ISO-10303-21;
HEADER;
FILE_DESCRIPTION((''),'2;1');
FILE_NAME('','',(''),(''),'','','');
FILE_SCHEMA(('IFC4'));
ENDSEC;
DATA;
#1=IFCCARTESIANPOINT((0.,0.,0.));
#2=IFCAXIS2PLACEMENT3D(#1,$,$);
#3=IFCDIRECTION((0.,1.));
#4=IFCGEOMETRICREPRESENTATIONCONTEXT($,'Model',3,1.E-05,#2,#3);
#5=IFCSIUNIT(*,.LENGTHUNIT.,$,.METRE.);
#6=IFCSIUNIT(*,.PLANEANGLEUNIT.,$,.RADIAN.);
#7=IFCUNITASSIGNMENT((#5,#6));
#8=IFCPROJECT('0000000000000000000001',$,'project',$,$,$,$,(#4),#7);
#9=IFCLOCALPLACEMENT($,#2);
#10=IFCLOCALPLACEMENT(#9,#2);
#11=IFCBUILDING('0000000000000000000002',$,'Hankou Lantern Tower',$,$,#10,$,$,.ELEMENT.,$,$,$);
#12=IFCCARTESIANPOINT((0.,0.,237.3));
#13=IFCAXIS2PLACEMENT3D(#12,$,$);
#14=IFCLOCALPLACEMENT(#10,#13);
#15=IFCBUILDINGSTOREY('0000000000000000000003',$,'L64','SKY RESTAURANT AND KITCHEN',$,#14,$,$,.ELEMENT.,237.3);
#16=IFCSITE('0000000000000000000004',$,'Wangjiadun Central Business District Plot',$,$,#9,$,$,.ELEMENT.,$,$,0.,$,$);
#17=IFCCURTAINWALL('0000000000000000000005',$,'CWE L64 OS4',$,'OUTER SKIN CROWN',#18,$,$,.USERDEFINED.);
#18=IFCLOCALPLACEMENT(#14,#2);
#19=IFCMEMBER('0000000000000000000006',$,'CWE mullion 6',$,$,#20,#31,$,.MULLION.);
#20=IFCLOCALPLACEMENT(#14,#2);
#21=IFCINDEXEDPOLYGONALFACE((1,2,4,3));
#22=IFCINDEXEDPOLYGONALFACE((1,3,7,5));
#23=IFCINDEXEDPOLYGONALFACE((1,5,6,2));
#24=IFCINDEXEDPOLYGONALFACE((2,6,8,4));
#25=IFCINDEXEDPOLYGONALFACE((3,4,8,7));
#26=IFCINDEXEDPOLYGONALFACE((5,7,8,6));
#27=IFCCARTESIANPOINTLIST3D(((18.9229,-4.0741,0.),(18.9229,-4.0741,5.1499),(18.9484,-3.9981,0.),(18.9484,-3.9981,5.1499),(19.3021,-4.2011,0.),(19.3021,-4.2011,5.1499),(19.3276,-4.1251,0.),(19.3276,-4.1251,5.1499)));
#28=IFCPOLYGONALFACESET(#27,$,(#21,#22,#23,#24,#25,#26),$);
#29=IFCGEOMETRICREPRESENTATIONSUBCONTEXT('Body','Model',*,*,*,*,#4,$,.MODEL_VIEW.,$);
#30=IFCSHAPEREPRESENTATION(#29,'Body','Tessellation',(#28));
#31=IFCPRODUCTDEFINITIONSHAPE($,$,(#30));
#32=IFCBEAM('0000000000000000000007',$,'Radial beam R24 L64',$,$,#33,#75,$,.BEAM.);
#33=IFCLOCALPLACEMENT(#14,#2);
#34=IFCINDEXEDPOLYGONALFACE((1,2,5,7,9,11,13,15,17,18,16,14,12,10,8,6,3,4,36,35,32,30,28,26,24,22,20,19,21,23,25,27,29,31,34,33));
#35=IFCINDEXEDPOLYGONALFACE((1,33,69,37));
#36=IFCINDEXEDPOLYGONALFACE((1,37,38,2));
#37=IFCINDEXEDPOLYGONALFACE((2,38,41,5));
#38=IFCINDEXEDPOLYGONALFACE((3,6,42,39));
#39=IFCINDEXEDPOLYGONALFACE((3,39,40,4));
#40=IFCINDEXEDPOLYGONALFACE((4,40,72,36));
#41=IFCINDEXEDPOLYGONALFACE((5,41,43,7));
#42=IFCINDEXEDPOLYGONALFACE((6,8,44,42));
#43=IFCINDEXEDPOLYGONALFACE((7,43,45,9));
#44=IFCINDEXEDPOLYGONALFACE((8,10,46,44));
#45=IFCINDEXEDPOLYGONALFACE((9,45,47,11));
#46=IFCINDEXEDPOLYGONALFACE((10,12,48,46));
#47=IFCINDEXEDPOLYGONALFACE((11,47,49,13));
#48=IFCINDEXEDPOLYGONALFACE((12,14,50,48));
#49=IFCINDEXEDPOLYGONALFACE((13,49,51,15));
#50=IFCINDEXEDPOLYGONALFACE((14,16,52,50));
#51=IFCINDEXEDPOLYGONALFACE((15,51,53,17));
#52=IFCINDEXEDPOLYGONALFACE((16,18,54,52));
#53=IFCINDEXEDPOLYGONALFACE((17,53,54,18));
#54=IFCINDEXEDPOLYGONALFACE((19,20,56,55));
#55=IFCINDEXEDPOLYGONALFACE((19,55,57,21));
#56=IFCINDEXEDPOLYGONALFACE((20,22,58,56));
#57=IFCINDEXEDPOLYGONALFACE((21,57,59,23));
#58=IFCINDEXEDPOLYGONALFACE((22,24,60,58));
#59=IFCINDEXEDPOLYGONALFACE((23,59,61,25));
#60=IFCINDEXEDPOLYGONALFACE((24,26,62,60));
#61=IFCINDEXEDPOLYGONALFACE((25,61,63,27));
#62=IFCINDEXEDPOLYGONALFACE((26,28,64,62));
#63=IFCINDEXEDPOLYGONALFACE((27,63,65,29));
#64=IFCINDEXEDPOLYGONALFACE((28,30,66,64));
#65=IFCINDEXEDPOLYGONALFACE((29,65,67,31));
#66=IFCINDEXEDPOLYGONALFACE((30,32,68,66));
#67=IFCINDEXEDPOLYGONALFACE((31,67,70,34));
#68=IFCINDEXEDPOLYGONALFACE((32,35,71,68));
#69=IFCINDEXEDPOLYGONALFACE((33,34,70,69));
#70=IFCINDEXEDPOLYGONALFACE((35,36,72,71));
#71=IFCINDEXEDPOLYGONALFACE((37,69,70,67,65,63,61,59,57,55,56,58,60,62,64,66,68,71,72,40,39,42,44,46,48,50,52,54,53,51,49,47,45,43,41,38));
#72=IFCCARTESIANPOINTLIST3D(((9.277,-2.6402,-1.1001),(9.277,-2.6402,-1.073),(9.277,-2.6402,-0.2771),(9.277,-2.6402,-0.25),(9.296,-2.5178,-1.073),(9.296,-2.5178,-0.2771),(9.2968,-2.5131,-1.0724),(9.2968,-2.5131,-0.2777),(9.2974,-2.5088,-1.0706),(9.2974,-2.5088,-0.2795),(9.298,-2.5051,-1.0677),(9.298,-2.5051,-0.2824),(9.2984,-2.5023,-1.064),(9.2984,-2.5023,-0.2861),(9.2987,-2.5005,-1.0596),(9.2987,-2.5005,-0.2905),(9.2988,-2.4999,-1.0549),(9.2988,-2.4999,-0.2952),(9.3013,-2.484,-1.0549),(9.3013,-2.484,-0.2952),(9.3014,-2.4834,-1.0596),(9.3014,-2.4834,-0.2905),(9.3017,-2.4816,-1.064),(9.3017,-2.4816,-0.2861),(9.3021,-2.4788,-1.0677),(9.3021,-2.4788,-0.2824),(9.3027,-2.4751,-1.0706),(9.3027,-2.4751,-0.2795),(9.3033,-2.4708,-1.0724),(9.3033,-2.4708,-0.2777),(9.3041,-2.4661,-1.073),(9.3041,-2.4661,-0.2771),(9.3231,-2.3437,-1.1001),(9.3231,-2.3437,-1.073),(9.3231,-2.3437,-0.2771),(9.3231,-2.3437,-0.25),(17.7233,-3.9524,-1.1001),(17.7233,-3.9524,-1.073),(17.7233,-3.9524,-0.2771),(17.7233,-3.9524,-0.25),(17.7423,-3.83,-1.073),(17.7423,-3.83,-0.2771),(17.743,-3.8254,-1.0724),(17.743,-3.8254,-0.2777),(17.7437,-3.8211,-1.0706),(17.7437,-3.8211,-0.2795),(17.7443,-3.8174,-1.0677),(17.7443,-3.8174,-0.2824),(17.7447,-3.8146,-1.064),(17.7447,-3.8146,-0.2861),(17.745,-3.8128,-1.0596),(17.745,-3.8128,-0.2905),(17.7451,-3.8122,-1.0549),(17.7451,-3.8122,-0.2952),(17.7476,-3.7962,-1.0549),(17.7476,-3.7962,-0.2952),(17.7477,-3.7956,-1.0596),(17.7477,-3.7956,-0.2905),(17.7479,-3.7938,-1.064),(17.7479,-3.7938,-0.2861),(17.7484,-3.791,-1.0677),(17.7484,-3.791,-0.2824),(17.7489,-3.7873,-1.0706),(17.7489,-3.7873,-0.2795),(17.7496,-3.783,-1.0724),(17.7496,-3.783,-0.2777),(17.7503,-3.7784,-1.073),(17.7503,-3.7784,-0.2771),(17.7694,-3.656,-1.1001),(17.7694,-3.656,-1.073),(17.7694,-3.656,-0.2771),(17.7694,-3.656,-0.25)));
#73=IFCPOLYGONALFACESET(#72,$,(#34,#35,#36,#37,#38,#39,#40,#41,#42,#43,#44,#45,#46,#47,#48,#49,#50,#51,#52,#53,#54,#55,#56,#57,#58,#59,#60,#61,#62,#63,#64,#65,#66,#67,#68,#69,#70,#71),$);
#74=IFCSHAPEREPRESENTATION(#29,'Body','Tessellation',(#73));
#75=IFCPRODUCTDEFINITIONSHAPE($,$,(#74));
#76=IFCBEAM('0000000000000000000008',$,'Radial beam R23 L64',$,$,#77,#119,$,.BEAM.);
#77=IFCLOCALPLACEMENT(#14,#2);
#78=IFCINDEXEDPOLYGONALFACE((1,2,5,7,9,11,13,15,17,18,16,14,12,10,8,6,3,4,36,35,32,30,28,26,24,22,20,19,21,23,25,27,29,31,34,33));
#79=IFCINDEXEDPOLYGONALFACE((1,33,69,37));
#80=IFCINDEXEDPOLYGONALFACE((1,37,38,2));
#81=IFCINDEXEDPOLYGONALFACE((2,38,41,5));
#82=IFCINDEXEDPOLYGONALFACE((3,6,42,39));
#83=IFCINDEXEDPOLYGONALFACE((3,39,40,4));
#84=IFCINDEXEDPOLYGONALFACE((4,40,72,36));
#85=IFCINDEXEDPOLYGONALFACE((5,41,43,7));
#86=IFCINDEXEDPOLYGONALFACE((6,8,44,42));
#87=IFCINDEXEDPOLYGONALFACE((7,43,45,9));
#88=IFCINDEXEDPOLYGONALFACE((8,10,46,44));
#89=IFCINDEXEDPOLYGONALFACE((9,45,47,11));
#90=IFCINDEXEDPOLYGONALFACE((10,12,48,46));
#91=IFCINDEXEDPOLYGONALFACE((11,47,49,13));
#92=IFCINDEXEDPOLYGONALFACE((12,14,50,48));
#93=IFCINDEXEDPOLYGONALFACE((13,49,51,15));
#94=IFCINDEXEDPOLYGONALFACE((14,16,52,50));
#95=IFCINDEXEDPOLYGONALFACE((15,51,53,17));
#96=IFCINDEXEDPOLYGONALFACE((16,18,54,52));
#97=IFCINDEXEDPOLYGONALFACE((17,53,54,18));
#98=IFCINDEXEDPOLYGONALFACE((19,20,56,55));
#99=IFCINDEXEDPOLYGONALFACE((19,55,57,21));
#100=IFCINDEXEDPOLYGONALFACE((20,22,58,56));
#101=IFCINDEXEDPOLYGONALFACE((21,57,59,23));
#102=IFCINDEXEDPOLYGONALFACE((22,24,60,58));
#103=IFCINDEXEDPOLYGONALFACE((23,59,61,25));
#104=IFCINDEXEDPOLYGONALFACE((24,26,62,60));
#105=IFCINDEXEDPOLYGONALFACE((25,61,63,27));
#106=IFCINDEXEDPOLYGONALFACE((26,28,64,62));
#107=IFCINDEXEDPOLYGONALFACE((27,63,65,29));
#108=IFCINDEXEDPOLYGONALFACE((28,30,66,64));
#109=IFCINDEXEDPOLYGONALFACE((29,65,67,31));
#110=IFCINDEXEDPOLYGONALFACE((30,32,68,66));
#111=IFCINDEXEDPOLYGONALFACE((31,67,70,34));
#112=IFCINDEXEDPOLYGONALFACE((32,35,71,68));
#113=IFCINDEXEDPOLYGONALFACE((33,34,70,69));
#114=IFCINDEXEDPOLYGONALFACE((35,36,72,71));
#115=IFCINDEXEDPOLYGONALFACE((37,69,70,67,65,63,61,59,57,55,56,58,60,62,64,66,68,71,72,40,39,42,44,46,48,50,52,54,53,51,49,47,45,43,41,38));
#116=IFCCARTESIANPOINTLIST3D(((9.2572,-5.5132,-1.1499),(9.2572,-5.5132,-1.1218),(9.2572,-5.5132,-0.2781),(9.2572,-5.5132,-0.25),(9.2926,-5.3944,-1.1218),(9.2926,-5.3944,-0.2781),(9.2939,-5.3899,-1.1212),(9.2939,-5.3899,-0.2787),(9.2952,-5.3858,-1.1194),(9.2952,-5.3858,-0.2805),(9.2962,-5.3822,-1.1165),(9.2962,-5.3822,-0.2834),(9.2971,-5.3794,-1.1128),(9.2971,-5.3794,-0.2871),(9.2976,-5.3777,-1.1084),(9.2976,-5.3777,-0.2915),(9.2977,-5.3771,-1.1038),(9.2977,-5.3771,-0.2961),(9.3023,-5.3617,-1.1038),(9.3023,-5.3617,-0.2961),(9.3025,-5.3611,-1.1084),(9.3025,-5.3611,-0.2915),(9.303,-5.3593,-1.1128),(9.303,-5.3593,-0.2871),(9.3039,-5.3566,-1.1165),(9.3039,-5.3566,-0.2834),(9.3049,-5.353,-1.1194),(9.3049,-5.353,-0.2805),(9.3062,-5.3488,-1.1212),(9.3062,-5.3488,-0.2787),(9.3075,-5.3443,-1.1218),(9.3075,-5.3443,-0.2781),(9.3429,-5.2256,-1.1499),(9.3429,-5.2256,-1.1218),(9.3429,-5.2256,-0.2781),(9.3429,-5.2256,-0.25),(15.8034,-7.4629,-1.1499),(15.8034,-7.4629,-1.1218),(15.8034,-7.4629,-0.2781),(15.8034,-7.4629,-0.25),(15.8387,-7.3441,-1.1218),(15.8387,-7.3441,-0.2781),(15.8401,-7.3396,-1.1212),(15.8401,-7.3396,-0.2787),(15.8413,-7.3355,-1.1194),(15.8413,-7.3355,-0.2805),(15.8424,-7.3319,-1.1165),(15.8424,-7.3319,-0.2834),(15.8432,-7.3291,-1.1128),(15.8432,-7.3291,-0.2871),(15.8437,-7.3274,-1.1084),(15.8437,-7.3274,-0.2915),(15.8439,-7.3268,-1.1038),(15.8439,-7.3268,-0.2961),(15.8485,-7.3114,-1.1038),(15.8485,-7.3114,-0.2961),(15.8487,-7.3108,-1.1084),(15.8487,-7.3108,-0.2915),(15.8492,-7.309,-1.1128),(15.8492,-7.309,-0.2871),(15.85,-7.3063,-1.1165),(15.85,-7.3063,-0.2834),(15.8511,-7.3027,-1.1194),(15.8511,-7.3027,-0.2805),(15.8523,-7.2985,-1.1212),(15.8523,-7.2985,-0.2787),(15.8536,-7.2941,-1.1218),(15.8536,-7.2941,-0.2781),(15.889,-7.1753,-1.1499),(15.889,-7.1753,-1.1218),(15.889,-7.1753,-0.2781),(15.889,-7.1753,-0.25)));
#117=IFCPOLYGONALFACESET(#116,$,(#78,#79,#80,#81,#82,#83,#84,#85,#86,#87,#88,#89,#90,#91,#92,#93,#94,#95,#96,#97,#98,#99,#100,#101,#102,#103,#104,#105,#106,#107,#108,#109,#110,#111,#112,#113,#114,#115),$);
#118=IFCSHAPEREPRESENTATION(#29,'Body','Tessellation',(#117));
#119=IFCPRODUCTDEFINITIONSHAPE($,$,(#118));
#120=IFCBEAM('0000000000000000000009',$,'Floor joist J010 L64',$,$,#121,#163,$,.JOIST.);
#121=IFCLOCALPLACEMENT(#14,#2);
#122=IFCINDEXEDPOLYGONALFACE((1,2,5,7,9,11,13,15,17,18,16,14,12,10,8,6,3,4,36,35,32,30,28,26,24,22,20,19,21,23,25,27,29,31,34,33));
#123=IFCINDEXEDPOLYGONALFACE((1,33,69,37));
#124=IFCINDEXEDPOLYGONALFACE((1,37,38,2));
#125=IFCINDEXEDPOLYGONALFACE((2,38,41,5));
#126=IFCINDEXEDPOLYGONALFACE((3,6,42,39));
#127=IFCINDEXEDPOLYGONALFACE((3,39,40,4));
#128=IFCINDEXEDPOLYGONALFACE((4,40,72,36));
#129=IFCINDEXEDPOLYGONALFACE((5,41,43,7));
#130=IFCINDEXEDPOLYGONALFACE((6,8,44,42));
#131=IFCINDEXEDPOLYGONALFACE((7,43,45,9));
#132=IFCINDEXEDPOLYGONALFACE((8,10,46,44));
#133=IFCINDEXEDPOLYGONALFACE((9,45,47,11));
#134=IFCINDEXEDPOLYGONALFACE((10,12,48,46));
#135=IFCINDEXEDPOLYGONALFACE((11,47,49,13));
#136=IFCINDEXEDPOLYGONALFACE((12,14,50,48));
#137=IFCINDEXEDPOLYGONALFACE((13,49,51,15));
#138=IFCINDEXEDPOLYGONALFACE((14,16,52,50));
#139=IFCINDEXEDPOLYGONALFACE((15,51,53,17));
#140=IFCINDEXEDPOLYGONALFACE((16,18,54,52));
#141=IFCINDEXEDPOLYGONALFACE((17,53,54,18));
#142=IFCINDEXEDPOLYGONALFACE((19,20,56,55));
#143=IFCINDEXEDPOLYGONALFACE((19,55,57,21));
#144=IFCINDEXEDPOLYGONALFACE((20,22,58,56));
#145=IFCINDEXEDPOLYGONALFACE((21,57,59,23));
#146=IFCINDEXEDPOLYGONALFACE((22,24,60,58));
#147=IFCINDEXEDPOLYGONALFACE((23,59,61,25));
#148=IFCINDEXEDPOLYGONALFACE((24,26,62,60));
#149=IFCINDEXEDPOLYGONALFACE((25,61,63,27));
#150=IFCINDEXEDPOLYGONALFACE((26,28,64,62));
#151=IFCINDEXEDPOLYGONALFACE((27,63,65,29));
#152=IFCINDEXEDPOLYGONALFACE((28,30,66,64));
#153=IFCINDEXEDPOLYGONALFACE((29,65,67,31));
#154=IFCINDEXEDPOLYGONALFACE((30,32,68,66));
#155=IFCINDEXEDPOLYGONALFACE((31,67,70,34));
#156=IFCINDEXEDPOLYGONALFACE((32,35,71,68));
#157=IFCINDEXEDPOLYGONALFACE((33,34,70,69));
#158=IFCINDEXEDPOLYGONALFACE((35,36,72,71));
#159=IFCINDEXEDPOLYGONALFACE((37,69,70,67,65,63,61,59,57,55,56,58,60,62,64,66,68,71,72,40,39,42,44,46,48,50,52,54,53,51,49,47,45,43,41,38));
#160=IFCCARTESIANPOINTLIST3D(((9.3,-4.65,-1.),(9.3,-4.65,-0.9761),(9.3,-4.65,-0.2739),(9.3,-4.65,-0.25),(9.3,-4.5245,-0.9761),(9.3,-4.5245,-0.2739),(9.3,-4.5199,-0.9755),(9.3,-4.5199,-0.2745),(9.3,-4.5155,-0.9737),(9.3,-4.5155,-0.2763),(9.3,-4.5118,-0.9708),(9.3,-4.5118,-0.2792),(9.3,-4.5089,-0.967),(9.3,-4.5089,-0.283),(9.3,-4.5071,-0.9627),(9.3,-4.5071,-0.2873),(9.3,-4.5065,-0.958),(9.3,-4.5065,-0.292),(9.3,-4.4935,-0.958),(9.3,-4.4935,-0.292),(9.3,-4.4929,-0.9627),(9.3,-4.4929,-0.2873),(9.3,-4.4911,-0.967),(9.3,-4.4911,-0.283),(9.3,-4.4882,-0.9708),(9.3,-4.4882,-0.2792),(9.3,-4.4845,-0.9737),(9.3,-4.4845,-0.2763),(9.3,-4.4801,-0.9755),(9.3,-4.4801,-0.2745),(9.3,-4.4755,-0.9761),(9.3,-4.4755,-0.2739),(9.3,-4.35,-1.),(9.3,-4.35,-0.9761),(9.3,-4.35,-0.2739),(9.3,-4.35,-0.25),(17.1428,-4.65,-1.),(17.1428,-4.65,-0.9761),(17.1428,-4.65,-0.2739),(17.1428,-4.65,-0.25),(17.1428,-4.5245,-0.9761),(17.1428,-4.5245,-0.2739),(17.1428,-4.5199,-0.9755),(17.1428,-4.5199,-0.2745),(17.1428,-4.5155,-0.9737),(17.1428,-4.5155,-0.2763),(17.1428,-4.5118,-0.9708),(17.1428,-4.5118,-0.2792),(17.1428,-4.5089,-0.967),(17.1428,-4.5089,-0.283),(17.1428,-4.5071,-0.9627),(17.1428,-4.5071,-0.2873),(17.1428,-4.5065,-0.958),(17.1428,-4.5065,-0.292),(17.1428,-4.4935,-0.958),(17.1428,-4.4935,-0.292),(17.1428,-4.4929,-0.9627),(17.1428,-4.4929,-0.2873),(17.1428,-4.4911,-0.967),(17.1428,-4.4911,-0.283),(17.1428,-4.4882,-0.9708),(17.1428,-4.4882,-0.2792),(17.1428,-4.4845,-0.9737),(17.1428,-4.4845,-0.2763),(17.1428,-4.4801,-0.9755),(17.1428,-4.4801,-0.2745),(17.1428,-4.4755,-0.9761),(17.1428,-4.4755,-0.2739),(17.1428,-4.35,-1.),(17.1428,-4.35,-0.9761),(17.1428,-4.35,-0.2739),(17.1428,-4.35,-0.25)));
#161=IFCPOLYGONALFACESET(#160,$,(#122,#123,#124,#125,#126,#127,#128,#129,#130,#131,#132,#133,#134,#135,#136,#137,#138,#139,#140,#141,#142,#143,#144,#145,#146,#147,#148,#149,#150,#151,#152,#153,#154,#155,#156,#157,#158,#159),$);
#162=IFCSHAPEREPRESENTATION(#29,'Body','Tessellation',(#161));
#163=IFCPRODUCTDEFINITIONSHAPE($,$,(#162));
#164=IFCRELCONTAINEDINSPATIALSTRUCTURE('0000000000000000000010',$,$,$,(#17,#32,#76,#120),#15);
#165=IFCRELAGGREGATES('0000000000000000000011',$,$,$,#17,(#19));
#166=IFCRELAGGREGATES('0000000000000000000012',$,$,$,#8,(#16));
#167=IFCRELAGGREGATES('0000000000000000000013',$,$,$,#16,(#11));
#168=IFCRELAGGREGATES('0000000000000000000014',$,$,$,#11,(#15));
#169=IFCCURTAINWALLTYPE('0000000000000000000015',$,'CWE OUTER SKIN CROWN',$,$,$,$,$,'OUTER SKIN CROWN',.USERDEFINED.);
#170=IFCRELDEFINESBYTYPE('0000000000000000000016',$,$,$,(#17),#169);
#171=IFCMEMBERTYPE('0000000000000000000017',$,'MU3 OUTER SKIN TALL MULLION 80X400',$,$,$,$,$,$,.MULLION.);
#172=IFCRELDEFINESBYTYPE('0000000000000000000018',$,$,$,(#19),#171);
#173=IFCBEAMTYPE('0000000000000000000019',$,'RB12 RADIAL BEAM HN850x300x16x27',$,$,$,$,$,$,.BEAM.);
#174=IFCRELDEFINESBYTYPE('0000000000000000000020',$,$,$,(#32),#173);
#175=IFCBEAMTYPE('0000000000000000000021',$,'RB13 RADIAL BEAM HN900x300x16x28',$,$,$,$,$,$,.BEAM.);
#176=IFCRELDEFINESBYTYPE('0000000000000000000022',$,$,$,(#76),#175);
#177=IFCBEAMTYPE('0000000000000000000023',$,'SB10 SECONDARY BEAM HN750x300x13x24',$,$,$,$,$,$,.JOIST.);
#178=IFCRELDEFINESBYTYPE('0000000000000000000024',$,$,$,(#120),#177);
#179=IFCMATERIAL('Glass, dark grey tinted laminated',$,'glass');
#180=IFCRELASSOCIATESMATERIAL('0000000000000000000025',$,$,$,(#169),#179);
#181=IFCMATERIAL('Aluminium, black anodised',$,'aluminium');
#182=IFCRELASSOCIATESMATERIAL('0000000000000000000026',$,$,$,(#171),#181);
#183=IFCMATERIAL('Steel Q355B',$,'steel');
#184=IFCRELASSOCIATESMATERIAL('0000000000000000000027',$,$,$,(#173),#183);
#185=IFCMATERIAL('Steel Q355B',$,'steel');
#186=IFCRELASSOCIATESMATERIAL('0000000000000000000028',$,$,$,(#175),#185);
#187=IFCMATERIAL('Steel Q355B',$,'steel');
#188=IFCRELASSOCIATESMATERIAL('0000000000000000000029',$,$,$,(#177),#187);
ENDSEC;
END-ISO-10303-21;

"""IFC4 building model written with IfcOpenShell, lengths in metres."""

from ifc_helpers import new_model, si_unit, direction, frame, origin, origin_2d, place, context, subcontext, project, spatial, rectangle, i_section, extrude, material, material_profile, profile_set, type_object, element, aggregate, save


model = new_model("IFC4")

# Units and contexts
model_context = context("Model", 3, precision=1e-05, world=origin(), true_north=direction((0.0, 1.0)))
body_context = subcontext(model_context, "Body", "Model", "MODEL_VIEW")
ifc_project = project(units=[si_unit("LENGTHUNIT", "METRE"), si_unit("PLANEANGLEUNIT", "RADIAN")], contexts=[model_context])

# Site, building, storey
site_placement = place(None, origin())
site = spatial("IfcSite", under=ifc_project, at=site_placement, Name="Wangjiadun Central Business District Plot", CompositionType="ELEMENT", RefElevation=0.0)
building_placement = place(site_placement, origin())
building = spatial("IfcBuilding", under=site, at=building_placement, Name="Hankou Lantern Tower", CompositionType="ELEMENT")
storey_placement = place(building_placement, frame((0.0, 0.0, 237.3)))
storey = spatial("IfcBuildingStorey", under=building, at=storey_placement, Name="L64", Description="SKY RESTAURANT AND KITCHEN", CompositionType="ELEMENT", Elevation=237.3)

# Curtain wall, member
ifc_material_1 = material(Name="Glass, dark grey tinted laminated", Category="glass")
curtain_wall_type = type_object("IfcCurtainWallType", Name="CWE OUTER SKIN CROWN", ElementType="OUTER SKIN CROWN", PredefinedType="USERDEFINED", material=ifc_material_1)
curtain_wall_placement = place(storey_placement, origin())
curtain_wall = element("IfcCurtainWall", 1, at=curtain_wall_placement, inside=storey, type_object=curtain_wall_type, Name="CWE L64 OS4", ObjectType="OUTER SKIN CROWN", PredefinedType="USERDEFINED")
ifc_material_2 = material(Name="Aluminium, black anodised", Category="aluminium")
ifc_material_profile_1 = material_profile(ifc_material_2, rectangle(XDim=0.0801, YDim=0.3999, at=origin_2d()), Name="MU3 80X400")
ifc_profile_set_1 = profile_set([ifc_material_profile_1], Name="Aluminium, black anodised")
member_type_1 = type_object("IfcMemberType", Name="MU3 OUTER SKIN TALL MULLION 80X400", PredefinedType="MULLION", material=ifc_profile_set_1)
member_1_placement = place(storey_placement, frame((19.1252, -4.0996, 0.0), z_axis=(0.0, 0.0, 1.0), x_axis=(0.317596, 0.948226, 0.0)))
member_1 = element("IfcMember", 2, at=member_1_placement, type_object=member_type_1, Name="CWE mullion 6", PredefinedType="MULLION", context=body_context, shape_type="SweptSolid", body=[
    extrude(rectangle(XDim=0.0801, YDim=0.3999, at=origin_2d()), origin(), (0.0, 0.0, 1.0), 5.1499),
])

# Beams
ifc_material_3 = material(Name="Steel Q355B", Category="steel")
ifc_material_profile_2 = material_profile(ifc_material_3, i_section(OverallWidth=0.3, OverallDepth=0.8501, WebThickness=0.0161, FlangeThickness=0.0271, FilletRadius=0.0181, at=origin_2d()), Name="HN850x300x16x27")
ifc_profile_set_2 = profile_set([ifc_material_profile_2], Name="Steel Q355B")
beam_type_1 = type_object("IfcBeamType", Name="RB12 RADIAL BEAM HN850x300x16x27", PredefinedType="BEAM", material=ifc_profile_set_2)
beam_1_placement = place(storey_placement, frame((9.3, -2.4919, -0.675), z_axis=(0.988145, -0.153523, 0.0), x_axis=(0.153523, 0.988145, 0.0)))
element("IfcBeam", 3, at=beam_1_placement, inside=storey, type_object=beam_type_1, Name="Radial beam R24 L64", PredefinedType="BEAM", context=body_context, shape_type="SweptSolid", body=[
    extrude(i_section(OverallWidth=0.3, OverallDepth=0.8501, WebThickness=0.0161, FlangeThickness=0.0271, FilletRadius=0.0181, at=origin_2d()), origin(), (0.0, 0.0, 1.0), 8.5476),
])
ifc_material_4 = material(Name="Steel Q355B", Category="steel")
ifc_material_profile_3 = material_profile(ifc_material_4, i_section(OverallWidth=0.3, OverallDepth=0.8999, WebThickness=0.0161, FlangeThickness=0.0281, FilletRadius=0.0181, at=origin_2d()), Name="HN900x300x16x28")
ifc_profile_set_3 = profile_set([ifc_material_profile_3], Name="Steel Q355B")
beam_type_2 = type_object("IfcBeamType", Name="RB13 RADIAL BEAM HN900x300x16x28", PredefinedType="BEAM", material=ifc_profile_set_3)
beam_2_placement = place(storey_placement, frame((9.3, -5.3694, -0.7), z_axis=(0.958394, -0.285449, 0.0), x_axis=(0.285449, 0.958394, 0.0)))
element("IfcBeam", 4, at=beam_2_placement, inside=storey, type_object=beam_type_2, Name="Radial beam R23 L64", PredefinedType="BEAM", context=body_context, shape_type="SweptSolid", body=[
    extrude(i_section(OverallWidth=0.3, OverallDepth=0.8999, WebThickness=0.0161, FlangeThickness=0.0281, FilletRadius=0.0181, at=origin_2d()), origin(), (0.0, 0.0, 1.0), 6.8303),
])
ifc_material_5 = material(Name="Steel Q355B", Category="steel")
ifc_material_profile_4 = material_profile(ifc_material_5, i_section(OverallWidth=0.3, OverallDepth=0.75, WebThickness=0.0129, FlangeThickness=0.0239, FilletRadius=0.0181, at=origin_2d()), Name="HN750x300x13x24")
ifc_profile_set_4 = profile_set([ifc_material_profile_4], Name="Steel Q355B")
beam_type_3 = type_object("IfcBeamType", Name="SB10 SECONDARY BEAM HN750x300x13x24", PredefinedType="JOIST", material=ifc_profile_set_4)
beam_3_placement = place(storey_placement, frame((9.3, -4.5, -0.625), z_axis=(1.0, 0.0, 0.0), x_axis=(0.0, 1.0, 0.0)))
element("IfcBeam", 5, at=beam_3_placement, inside=storey, type_object=beam_type_3, Name="Floor joist J010 L64", PredefinedType="JOIST", context=body_context, shape_type="SweptSolid", body=[
    extrude(i_section(OverallWidth=0.3, OverallDepth=0.75, WebThickness=0.0129, FlangeThickness=0.0239, FilletRadius=0.0181, at=origin_2d()), origin(), (0.0, 0.0, 1.0), 7.8428),
])

aggregate(curtain_wall, [member_1])

save(model, "model.ifc")
